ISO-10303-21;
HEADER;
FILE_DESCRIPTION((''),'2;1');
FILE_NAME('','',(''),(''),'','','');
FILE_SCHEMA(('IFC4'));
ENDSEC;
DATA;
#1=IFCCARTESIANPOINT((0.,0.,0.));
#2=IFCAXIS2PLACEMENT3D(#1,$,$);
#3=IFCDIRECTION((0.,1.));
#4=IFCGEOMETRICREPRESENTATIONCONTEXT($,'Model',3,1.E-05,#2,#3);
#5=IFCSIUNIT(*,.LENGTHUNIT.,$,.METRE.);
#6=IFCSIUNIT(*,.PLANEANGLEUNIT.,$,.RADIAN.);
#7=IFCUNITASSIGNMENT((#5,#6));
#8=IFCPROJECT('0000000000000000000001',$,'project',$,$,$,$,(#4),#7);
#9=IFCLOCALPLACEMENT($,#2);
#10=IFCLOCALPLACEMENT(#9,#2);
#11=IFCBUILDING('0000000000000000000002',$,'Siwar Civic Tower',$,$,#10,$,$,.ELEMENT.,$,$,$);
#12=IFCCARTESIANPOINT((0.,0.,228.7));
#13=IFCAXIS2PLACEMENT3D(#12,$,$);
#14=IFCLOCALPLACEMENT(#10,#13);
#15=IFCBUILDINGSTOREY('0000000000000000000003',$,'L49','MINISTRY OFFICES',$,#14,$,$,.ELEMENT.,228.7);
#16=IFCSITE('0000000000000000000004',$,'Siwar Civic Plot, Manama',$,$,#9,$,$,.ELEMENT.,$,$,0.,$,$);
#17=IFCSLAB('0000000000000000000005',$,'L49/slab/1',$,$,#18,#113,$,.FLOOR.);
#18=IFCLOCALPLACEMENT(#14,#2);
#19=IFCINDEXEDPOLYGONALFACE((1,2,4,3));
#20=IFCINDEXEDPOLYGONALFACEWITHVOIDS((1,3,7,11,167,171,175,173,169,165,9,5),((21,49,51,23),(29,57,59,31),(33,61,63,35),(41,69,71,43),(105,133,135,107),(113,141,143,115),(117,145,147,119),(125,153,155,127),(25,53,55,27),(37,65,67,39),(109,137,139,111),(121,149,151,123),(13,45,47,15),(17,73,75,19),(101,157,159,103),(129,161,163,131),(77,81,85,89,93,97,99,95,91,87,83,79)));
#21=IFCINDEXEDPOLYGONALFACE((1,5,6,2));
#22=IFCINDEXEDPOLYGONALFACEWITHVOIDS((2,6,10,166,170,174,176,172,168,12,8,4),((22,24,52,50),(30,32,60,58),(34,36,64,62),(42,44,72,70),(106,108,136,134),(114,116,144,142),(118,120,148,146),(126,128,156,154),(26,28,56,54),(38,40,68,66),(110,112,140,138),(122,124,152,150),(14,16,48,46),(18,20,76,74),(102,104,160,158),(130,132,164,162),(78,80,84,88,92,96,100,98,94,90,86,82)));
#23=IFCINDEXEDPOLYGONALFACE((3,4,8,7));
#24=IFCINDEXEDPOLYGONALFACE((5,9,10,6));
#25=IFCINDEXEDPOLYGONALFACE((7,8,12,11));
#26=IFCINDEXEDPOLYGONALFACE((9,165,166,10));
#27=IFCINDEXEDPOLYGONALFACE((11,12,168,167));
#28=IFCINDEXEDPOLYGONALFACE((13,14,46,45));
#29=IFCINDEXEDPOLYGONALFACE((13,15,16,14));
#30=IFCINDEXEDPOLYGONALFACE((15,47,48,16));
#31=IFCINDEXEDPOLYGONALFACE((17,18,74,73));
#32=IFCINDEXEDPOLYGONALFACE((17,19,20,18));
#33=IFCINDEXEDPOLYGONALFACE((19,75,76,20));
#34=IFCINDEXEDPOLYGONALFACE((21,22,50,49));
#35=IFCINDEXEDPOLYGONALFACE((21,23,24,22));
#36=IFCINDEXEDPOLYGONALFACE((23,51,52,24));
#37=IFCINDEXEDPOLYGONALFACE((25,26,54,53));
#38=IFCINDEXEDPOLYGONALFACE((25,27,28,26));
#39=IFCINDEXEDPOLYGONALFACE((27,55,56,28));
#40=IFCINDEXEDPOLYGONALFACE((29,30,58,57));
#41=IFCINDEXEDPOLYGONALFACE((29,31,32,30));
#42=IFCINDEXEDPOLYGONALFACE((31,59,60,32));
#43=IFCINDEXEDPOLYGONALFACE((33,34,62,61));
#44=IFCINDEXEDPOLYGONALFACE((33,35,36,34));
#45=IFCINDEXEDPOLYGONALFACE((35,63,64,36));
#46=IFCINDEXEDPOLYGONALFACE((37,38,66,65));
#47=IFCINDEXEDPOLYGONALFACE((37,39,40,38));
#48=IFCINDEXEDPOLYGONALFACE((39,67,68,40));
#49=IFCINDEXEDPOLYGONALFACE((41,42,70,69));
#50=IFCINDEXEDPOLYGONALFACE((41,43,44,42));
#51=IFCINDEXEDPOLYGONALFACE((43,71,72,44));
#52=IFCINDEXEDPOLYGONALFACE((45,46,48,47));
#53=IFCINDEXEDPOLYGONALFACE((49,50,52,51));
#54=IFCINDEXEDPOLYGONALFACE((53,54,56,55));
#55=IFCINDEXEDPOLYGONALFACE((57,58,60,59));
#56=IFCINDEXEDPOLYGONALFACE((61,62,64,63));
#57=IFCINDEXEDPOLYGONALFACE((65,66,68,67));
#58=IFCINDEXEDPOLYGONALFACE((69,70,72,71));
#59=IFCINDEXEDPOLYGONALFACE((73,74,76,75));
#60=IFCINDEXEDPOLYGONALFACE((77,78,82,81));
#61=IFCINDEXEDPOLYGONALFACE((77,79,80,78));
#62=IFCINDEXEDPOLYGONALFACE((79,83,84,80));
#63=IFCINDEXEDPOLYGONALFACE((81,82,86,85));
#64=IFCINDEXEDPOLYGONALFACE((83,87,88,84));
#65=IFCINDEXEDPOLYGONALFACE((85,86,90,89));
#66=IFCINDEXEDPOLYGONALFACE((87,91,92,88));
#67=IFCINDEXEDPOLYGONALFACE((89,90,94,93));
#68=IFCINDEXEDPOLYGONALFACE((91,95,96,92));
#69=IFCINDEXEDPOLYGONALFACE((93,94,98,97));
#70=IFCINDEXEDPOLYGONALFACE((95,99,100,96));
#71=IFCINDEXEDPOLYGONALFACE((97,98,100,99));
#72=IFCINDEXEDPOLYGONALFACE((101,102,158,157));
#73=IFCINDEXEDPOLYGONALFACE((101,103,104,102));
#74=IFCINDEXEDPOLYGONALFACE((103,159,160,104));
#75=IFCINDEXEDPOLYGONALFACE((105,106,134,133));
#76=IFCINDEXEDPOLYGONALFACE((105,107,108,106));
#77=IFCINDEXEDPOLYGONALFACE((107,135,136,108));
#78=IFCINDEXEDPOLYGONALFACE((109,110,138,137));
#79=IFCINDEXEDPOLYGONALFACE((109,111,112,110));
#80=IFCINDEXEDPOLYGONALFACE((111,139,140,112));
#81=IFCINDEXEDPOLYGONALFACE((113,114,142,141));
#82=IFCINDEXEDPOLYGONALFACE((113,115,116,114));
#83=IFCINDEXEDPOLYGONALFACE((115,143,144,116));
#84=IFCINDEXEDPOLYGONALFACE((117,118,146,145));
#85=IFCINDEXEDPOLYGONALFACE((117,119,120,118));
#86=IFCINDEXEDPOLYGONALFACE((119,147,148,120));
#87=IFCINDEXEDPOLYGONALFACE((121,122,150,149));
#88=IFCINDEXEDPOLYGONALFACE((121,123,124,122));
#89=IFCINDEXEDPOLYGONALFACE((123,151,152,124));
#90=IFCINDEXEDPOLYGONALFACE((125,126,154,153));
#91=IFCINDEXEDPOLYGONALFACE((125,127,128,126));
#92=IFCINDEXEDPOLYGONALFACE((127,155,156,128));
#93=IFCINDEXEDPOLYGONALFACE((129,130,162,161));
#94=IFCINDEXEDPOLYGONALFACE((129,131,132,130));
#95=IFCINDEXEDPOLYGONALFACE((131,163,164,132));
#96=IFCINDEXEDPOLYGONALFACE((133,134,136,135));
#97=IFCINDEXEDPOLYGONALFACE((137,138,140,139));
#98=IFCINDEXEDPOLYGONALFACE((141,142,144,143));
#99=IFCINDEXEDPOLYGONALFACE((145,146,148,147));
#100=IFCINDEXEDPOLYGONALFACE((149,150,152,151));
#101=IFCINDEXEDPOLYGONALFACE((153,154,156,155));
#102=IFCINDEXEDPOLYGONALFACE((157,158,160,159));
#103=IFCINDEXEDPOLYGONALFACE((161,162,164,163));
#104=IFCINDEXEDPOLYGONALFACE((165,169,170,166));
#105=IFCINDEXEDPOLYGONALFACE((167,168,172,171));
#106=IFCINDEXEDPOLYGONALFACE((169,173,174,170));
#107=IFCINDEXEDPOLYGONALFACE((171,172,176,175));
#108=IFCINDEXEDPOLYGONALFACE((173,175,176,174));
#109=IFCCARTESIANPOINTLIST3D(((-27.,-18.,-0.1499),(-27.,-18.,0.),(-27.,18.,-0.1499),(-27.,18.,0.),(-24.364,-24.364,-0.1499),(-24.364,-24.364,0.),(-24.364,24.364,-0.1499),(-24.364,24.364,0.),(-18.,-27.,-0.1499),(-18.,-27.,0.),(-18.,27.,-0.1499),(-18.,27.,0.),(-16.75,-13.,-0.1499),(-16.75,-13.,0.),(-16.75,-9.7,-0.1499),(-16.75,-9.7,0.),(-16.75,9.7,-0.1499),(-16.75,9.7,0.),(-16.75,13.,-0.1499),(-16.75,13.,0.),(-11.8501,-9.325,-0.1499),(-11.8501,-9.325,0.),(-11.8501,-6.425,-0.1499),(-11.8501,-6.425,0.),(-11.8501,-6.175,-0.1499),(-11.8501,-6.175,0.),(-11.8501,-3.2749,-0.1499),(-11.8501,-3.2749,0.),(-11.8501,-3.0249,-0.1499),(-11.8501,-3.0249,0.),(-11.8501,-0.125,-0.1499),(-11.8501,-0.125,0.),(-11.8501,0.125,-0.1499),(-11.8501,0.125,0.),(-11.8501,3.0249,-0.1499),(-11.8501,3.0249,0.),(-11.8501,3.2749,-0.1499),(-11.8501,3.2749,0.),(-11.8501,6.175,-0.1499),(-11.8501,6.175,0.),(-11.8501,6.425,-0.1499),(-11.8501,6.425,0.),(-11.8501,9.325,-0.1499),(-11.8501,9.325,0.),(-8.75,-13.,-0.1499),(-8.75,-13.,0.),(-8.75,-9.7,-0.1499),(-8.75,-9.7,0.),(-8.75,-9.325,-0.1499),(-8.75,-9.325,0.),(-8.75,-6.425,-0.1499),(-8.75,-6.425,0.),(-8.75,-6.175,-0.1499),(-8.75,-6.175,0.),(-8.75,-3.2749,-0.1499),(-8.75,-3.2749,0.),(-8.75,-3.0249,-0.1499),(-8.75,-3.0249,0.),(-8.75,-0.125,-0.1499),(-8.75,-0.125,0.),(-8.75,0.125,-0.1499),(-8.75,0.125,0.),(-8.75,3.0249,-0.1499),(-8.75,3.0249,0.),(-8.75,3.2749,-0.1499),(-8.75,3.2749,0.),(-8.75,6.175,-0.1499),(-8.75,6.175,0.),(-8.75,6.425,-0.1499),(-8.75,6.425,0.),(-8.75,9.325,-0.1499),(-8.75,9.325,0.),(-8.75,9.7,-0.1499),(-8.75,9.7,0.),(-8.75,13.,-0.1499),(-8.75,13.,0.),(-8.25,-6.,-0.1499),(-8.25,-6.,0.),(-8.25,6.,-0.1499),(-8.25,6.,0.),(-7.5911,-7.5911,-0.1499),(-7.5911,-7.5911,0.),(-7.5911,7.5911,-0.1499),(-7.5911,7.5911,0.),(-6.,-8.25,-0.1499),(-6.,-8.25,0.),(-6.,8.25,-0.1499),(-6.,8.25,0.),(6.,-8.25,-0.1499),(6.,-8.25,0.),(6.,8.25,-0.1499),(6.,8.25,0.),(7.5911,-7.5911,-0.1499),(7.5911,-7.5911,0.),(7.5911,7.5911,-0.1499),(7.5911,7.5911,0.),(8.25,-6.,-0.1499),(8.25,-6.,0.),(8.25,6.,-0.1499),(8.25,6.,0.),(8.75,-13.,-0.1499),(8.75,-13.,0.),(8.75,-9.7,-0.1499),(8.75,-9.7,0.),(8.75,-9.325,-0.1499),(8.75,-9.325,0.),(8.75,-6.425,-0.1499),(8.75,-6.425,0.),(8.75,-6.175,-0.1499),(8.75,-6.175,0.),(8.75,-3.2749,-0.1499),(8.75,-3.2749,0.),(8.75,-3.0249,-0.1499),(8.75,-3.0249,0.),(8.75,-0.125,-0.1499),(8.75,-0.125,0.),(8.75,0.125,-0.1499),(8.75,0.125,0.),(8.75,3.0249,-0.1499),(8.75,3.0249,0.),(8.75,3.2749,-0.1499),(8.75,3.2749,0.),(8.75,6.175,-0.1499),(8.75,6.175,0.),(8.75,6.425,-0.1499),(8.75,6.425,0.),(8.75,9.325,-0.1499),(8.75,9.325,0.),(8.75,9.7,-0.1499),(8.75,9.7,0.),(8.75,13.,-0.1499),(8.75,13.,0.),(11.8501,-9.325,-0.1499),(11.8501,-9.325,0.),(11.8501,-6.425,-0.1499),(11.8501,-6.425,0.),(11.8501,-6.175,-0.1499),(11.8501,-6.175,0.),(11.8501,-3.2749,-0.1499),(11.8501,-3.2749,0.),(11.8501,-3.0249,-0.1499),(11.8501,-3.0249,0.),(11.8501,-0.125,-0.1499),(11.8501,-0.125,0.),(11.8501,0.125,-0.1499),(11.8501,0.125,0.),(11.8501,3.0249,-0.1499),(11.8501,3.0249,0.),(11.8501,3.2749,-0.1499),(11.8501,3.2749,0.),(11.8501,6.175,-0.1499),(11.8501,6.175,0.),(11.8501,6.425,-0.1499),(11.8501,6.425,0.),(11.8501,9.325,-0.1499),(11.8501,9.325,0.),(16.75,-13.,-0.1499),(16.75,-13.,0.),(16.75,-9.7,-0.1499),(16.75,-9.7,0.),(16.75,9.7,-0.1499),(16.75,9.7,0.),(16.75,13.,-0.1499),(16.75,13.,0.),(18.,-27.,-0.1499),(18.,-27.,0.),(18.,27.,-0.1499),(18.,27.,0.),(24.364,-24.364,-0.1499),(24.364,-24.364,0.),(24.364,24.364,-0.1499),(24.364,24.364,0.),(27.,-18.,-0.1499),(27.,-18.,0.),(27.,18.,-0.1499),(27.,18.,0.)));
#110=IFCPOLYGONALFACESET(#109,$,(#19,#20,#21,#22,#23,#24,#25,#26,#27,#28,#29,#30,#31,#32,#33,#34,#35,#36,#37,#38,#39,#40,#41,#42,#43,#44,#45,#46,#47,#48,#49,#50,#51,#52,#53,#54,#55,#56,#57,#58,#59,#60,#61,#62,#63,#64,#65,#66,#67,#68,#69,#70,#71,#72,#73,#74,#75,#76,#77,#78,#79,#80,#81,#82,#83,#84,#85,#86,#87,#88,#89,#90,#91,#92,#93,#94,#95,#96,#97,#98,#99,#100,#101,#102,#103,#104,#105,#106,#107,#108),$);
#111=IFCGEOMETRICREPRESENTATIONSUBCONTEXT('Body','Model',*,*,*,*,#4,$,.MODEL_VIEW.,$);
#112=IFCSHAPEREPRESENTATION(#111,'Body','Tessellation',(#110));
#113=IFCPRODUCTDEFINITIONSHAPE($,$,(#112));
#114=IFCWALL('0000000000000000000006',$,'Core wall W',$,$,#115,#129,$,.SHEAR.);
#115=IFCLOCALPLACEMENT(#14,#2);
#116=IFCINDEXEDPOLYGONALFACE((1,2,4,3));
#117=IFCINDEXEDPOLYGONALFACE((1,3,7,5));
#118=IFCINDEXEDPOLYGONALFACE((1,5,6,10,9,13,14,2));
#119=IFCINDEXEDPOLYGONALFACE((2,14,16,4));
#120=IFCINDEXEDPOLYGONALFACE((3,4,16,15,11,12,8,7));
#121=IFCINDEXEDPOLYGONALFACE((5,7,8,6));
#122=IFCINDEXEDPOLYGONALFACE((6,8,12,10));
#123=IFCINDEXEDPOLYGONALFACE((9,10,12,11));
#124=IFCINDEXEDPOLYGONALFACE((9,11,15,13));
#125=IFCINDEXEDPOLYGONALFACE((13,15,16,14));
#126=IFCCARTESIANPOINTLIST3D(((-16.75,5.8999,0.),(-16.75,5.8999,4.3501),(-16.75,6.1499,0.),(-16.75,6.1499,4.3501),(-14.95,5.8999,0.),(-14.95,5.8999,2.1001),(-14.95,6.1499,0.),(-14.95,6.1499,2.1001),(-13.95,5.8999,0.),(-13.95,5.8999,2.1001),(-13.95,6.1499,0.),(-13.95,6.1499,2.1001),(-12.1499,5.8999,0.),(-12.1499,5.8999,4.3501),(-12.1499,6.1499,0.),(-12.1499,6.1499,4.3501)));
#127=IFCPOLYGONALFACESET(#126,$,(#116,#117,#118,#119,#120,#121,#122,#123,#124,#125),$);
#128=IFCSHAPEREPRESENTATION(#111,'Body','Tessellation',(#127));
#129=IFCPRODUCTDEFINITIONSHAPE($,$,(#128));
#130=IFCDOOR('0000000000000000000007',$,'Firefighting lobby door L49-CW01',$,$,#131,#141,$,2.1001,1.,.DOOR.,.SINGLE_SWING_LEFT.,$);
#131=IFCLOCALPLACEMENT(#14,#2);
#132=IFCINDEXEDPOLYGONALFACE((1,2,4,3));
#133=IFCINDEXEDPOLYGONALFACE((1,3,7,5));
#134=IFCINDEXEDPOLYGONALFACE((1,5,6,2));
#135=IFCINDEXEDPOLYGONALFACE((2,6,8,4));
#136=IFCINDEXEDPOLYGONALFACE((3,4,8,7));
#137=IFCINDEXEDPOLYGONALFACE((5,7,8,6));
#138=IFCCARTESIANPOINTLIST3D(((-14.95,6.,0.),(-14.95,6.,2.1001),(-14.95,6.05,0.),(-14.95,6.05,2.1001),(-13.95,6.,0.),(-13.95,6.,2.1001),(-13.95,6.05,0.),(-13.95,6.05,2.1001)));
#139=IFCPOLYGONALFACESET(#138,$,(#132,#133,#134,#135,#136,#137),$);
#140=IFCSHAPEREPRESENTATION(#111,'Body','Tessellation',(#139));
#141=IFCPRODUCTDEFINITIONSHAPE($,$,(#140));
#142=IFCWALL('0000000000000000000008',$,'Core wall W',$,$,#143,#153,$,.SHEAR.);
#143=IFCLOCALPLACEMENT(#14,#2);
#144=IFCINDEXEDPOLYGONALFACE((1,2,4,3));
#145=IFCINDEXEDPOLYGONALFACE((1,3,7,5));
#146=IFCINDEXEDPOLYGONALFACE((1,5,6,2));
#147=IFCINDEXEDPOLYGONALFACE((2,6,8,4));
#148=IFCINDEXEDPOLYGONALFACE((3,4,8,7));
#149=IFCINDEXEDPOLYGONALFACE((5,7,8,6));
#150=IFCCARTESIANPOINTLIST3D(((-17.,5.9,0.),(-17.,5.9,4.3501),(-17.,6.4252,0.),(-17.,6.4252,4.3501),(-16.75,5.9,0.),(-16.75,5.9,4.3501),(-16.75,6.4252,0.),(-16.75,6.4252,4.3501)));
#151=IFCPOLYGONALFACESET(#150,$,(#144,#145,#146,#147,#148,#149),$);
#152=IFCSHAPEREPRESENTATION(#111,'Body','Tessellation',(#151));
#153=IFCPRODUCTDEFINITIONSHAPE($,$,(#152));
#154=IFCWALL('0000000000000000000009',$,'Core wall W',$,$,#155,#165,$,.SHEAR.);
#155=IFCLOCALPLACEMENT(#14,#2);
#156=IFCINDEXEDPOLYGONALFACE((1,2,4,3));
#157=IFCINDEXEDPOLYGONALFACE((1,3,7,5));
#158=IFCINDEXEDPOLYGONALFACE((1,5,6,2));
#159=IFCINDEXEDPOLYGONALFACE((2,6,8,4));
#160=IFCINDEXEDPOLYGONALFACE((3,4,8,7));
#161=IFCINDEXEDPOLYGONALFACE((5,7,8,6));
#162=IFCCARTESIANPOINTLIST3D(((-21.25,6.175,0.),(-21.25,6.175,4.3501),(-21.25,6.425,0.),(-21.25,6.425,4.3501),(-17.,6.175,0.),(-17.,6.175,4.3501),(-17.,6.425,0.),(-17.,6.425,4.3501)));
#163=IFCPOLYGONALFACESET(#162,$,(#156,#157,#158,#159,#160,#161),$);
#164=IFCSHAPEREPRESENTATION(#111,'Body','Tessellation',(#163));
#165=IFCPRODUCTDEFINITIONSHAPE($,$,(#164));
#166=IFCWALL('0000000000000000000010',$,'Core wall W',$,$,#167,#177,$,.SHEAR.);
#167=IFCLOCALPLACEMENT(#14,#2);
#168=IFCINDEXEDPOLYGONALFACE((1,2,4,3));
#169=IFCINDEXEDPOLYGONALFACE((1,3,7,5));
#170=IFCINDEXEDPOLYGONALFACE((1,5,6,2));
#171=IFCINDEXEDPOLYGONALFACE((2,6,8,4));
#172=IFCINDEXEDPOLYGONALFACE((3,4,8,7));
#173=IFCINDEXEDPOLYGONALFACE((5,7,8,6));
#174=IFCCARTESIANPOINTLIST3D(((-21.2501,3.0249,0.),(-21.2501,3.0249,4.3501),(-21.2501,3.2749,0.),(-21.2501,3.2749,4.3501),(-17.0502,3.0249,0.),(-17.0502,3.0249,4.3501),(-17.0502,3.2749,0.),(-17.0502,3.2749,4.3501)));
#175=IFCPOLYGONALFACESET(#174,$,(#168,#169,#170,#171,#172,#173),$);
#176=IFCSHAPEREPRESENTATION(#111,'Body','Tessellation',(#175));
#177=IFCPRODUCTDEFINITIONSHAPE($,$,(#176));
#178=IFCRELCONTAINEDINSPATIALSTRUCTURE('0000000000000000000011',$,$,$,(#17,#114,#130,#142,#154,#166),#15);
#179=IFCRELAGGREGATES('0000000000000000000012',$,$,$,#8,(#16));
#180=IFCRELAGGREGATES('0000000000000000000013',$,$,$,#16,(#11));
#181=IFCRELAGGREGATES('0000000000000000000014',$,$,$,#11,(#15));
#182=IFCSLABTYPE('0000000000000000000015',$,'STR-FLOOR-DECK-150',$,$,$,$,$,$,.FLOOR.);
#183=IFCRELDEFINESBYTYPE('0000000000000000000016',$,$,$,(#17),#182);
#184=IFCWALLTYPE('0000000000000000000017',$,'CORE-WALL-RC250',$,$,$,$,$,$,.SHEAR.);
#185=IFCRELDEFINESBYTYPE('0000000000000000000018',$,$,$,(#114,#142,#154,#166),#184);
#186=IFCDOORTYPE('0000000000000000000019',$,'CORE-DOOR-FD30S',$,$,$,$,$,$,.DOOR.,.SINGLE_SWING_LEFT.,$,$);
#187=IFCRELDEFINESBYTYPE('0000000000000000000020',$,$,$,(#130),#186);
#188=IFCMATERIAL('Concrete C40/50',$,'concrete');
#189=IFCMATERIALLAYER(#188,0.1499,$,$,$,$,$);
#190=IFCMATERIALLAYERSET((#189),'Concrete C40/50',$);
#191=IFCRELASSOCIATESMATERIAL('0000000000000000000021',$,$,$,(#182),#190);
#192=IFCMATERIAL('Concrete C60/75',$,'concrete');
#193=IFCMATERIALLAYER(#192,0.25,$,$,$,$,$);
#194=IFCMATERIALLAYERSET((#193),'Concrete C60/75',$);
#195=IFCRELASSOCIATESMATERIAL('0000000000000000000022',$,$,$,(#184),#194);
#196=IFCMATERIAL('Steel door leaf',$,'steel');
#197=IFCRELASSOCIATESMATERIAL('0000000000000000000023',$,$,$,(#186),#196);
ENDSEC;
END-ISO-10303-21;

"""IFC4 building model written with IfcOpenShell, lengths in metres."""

from ifc_helpers import new_model, si_unit, direction, frame, frame_2d, origin, place, context, subcontext, project, spatial, polyline, rectangle, outline, extrude, material, layer, layer_set, type_object, element, fill, save


model = new_model("IFC4")

# Units and contexts
model_context = context("Model", 3, precision=1e-05, world=origin(), true_north=direction((0.0, 1.0)))
body_context = subcontext(model_context, "Body", "Model", "MODEL_VIEW")
ifc_project = project(units=[si_unit("LENGTHUNIT", "METRE"), si_unit("PLANEANGLEUNIT", "RADIAN")], contexts=[model_context])

# Site, building, storey
site_placement = place(None, origin())
site = spatial("IfcSite", under=ifc_project, at=site_placement, Name="Siwar Civic Plot, Manama", CompositionType="ELEMENT", RefElevation=0.0)
building_placement = place(site_placement, origin())
building = spatial("IfcBuilding", under=site, at=building_placement, Name="Siwar Civic Tower", CompositionType="ELEMENT")
storey_placement = place(building_placement, frame((0.0, 0.0, 228.7)))
storey = spatial("IfcBuildingStorey", under=building, at=storey_placement, Name="L49", Description="MINISTRY OFFICES", CompositionType="ELEMENT", Elevation=228.7)

# Slab
ifc_material_1 = material(Name="Concrete C40/50", Category="concrete")
ifc_layer_1 = layer(ifc_material_1, 0.1499)
ifc_layer_set_1 = layer_set([ifc_layer_1], Name="Concrete C40/50")
slab_type = type_object("IfcSlabType", Name="STR-FLOOR-DECK-150", PredefinedType="FLOOR", material=ifc_layer_set_1)
slab_placement = place(storey_placement, frame((0.0, 0.0, -0.1499)))
element("IfcSlab", 1, at=slab_placement, inside=storey, type_object=slab_type, Name="L49/slab/1", PredefinedType="FLOOR", context=body_context, shape_type="SweptSolid", body=[
    extrude(outline(polyline([(-18.0, -27.0), (18.0, -27.0), (24.364, -24.364), (27.0, -18.0), (27.0, 18.0), (24.364, 24.364), (18.0, 27.0), (-18.0, 27.0), (-24.364, 24.364), (-27.0, 18.0), (-27.0, -18.0), (-24.364, -24.364), (-18.0, -27.0)]), holes=[polyline([(16.75, 13.0), (16.75, 9.7), (8.75, 9.7), (8.75, 13.0), (16.75, 13.0)]), polyline([(8.75, -9.7), (16.75, -9.7), (16.75, -13.0), (8.75, -13.0), (8.75, -9.7)]), polyline([(11.8501, 9.325), (11.8501, 6.425), (8.75, 6.425), (8.75, 9.325), (11.8501, 9.325)]), polyline([(8.75, 6.175), (11.8501, 6.175), (11.8501, 3.2749), (8.75, 3.2749), (8.75, 6.175)]), polyline([(8.75, 3.0249), (11.8501, 3.0249), (11.8501, 0.125), (8.75, 0.125), (8.75, 3.0249)]), polyline([(8.75, -0.125), (11.8501, -0.125), (11.8501, -3.0249), (8.75, -3.0249), (8.75, -0.125)]), polyline([(8.75, -3.2749), (11.8501, -3.2749), (11.8501, -6.175), (8.75, -6.175), (8.75, -3.2749)]), polyline([(8.75, -6.425), (11.8501, -6.425), (11.8501, -9.325), (8.75, -9.325), (8.75, -6.425)]), polyline([(-6.0, 8.25), (6.0, 8.25), (7.5911, 7.5911), (8.25, 6.0), (8.25, -6.0), (7.5911, -7.5911), (6.0, -8.25), (-6.0, -8.25), (-7.5911, -7.5911), (-8.25, -6.0), (-8.25, 6.0), (-7.5911, 7.5911), (-6.0, 8.25)]), polyline([(-8.75, -13.0), (-16.75, -13.0), (-16.75, -9.7), (-8.75, -9.7), (-8.75, -13.0)]), polyline([(-8.75, 9.7), (-16.75, 9.7), (-16.75, 13.0), (-8.75, 13.0), (-8.75, 9.7)]), polyline([(-8.75, 6.425), (-11.8501, 6.425), (-11.8501, 9.325), (-8.75, 9.325), (-8.75, 6.425)]), polyline([(-8.75, 3.2749), (-11.8501, 3.2749), (-11.8501, 6.175), (-8.75, 6.175), (-8.75, 3.2749)]), polyline([(-8.75, 0.125), (-11.8501, 0.125), (-11.8501, 3.0249), (-8.75, 3.0249), (-8.75, 0.125)]), polyline([(-8.75, -3.0249), (-11.8501, -3.0249), (-11.8501, -0.125), (-8.75, -0.125), (-8.75, -3.0249)]), polyline([(-8.75, -6.175), (-11.8501, -6.175), (-11.8501, -3.2749), (-8.75, -3.2749), (-8.75, -6.175)]), polyline([(-8.75, -9.325), (-11.8501, -9.325), (-11.8501, -6.425), (-8.75, -6.425), (-8.75, -9.325)])]), origin(), (0.0, 0.0, 1.0), 0.1499),
])

# Wall, opening, door
ifc_material_2 = material(Name="Concrete C60/75", Category="concrete")
ifc_layer_2 = layer(ifc_material_2, 0.25)
ifc_layer_set_2 = layer_set([ifc_layer_2], Name="Concrete C60/75")
wall_type_1 = type_object("IfcWallType", Name="CORE-WALL-RC250", PredefinedType="SHEAR", material=ifc_layer_set_2)
wall_1_placement = place(storey_placement, frame((-12.1499, 6.0249, 0.0), z_axis=(0.0, 0.0, 1.0), x_axis=(-1.0, 0.0, 0.0)))
wall_1 = element("IfcWall", 2, at=wall_1_placement, inside=storey, type_object=wall_type_1, Name="Core wall W", PredefinedType="SHEAR", context=body_context, shape_type="SweptSolid", body=[
    extrude(rectangle(XDim=4.6001, YDim=0.25, at=frame_2d((2.3, 0.0))), origin(), (0.0, 0.0, 1.0), 4.3501),
])
opening_1_placement = place(wall_1_placement, frame((1.8, 0.0, 0.0)))
opening_1 = element("IfcOpeningElement", 3, at=opening_1_placement, cuts=wall_1, PredefinedType="OPENING", context=body_context, shape_type="SweptSolid", body=[
    extrude(rectangle(XDim=1.0, YDim=2.1001, at=frame_2d((0.5, 1.05))), frame((0.0, 0.135, 0.0), z_axis=(0.0, -1.0, 0.0), x_axis=(1.0, 0.0, 0.0)), (0.0, 0.0, 1.0), 0.27),
])
ifc_material_3 = material(Name="Steel door leaf", Category="steel")
door_type_1 = type_object("IfcDoorType", Name="CORE-DOOR-FD30S", OperationType="SINGLE_SWING_LEFT", PredefinedType="DOOR", material=ifc_material_3)
door_1_placement = place(opening_1_placement, origin())
door_1 = element("IfcDoor", 4, at=door_1_placement, inside=storey, type_object=door_type_1, Name="Firefighting lobby door L49-CW01", OperationType="SINGLE_SWING_LEFT", OverallHeight=2.1001, OverallWidth=1.0, PredefinedType="DOOR", context=body_context, shape_type="SweptSolid", body=[
    extrude(rectangle(XDim=1.0, YDim=2.1001, at=frame_2d((0.5, 1.05))), frame((0.0, 0.0249, 0.0), z_axis=(0.0, -1.0, 0.0), x_axis=(1.0, 0.0, 0.0)), (0.0, 0.0, 1.0), 0.05),
])
fill(opening_1, door_1)

# Walls
wall_2_placement = place(storey_placement, frame((-16.875, 5.8999, 0.0), z_axis=(0.0, 0.0, 1.0), x_axis=(0.0, 1.0, 0.0)))
element("IfcWall", 5, at=wall_2_placement, inside=storey, type_object=wall_type_1, Name="Core wall W", PredefinedType="SHEAR", context=body_context, shape_type="SweptSolid", body=[
    extrude(rectangle(XDim=0.5251, YDim=0.25, at=frame_2d((0.2627, 0.0))), origin(), (0.0, 0.0, 1.0), 4.3501),
])
wall_3_placement = place(storey_placement, frame((-17.0, 6.3, 0.0), z_axis=(0.0, 0.0, 1.0), x_axis=(-1.0, 0.0, 0.0)))
element("IfcWall", 6, at=wall_3_placement, inside=storey, type_object=wall_type_1, Name="Core wall W", PredefinedType="SHEAR", context=body_context, shape_type="SweptSolid", body=[
    extrude(rectangle(XDim=4.25, YDim=0.25, at=frame_2d((2.125, 0.0))), origin(), (0.0, 0.0, 1.0), 4.3501),
])
wall_4_placement = place(storey_placement, frame((-17.05, 3.1499, 0.0), z_axis=(0.0, 0.0, 1.0), x_axis=(-1.0, 0.0, 0.0)))
element("IfcWall", 7, at=wall_4_placement, inside=storey, type_object=wall_type_1, Name="Core wall W", PredefinedType="SHEAR", context=body_context, shape_type="SweptSolid", body=[
    extrude(rectangle(XDim=4.2, YDim=0.25, at=frame_2d((2.1001, 0.0))), origin(), (0.0, 0.0, 1.0), 4.3501),
])

save(model, "model.ifc")
